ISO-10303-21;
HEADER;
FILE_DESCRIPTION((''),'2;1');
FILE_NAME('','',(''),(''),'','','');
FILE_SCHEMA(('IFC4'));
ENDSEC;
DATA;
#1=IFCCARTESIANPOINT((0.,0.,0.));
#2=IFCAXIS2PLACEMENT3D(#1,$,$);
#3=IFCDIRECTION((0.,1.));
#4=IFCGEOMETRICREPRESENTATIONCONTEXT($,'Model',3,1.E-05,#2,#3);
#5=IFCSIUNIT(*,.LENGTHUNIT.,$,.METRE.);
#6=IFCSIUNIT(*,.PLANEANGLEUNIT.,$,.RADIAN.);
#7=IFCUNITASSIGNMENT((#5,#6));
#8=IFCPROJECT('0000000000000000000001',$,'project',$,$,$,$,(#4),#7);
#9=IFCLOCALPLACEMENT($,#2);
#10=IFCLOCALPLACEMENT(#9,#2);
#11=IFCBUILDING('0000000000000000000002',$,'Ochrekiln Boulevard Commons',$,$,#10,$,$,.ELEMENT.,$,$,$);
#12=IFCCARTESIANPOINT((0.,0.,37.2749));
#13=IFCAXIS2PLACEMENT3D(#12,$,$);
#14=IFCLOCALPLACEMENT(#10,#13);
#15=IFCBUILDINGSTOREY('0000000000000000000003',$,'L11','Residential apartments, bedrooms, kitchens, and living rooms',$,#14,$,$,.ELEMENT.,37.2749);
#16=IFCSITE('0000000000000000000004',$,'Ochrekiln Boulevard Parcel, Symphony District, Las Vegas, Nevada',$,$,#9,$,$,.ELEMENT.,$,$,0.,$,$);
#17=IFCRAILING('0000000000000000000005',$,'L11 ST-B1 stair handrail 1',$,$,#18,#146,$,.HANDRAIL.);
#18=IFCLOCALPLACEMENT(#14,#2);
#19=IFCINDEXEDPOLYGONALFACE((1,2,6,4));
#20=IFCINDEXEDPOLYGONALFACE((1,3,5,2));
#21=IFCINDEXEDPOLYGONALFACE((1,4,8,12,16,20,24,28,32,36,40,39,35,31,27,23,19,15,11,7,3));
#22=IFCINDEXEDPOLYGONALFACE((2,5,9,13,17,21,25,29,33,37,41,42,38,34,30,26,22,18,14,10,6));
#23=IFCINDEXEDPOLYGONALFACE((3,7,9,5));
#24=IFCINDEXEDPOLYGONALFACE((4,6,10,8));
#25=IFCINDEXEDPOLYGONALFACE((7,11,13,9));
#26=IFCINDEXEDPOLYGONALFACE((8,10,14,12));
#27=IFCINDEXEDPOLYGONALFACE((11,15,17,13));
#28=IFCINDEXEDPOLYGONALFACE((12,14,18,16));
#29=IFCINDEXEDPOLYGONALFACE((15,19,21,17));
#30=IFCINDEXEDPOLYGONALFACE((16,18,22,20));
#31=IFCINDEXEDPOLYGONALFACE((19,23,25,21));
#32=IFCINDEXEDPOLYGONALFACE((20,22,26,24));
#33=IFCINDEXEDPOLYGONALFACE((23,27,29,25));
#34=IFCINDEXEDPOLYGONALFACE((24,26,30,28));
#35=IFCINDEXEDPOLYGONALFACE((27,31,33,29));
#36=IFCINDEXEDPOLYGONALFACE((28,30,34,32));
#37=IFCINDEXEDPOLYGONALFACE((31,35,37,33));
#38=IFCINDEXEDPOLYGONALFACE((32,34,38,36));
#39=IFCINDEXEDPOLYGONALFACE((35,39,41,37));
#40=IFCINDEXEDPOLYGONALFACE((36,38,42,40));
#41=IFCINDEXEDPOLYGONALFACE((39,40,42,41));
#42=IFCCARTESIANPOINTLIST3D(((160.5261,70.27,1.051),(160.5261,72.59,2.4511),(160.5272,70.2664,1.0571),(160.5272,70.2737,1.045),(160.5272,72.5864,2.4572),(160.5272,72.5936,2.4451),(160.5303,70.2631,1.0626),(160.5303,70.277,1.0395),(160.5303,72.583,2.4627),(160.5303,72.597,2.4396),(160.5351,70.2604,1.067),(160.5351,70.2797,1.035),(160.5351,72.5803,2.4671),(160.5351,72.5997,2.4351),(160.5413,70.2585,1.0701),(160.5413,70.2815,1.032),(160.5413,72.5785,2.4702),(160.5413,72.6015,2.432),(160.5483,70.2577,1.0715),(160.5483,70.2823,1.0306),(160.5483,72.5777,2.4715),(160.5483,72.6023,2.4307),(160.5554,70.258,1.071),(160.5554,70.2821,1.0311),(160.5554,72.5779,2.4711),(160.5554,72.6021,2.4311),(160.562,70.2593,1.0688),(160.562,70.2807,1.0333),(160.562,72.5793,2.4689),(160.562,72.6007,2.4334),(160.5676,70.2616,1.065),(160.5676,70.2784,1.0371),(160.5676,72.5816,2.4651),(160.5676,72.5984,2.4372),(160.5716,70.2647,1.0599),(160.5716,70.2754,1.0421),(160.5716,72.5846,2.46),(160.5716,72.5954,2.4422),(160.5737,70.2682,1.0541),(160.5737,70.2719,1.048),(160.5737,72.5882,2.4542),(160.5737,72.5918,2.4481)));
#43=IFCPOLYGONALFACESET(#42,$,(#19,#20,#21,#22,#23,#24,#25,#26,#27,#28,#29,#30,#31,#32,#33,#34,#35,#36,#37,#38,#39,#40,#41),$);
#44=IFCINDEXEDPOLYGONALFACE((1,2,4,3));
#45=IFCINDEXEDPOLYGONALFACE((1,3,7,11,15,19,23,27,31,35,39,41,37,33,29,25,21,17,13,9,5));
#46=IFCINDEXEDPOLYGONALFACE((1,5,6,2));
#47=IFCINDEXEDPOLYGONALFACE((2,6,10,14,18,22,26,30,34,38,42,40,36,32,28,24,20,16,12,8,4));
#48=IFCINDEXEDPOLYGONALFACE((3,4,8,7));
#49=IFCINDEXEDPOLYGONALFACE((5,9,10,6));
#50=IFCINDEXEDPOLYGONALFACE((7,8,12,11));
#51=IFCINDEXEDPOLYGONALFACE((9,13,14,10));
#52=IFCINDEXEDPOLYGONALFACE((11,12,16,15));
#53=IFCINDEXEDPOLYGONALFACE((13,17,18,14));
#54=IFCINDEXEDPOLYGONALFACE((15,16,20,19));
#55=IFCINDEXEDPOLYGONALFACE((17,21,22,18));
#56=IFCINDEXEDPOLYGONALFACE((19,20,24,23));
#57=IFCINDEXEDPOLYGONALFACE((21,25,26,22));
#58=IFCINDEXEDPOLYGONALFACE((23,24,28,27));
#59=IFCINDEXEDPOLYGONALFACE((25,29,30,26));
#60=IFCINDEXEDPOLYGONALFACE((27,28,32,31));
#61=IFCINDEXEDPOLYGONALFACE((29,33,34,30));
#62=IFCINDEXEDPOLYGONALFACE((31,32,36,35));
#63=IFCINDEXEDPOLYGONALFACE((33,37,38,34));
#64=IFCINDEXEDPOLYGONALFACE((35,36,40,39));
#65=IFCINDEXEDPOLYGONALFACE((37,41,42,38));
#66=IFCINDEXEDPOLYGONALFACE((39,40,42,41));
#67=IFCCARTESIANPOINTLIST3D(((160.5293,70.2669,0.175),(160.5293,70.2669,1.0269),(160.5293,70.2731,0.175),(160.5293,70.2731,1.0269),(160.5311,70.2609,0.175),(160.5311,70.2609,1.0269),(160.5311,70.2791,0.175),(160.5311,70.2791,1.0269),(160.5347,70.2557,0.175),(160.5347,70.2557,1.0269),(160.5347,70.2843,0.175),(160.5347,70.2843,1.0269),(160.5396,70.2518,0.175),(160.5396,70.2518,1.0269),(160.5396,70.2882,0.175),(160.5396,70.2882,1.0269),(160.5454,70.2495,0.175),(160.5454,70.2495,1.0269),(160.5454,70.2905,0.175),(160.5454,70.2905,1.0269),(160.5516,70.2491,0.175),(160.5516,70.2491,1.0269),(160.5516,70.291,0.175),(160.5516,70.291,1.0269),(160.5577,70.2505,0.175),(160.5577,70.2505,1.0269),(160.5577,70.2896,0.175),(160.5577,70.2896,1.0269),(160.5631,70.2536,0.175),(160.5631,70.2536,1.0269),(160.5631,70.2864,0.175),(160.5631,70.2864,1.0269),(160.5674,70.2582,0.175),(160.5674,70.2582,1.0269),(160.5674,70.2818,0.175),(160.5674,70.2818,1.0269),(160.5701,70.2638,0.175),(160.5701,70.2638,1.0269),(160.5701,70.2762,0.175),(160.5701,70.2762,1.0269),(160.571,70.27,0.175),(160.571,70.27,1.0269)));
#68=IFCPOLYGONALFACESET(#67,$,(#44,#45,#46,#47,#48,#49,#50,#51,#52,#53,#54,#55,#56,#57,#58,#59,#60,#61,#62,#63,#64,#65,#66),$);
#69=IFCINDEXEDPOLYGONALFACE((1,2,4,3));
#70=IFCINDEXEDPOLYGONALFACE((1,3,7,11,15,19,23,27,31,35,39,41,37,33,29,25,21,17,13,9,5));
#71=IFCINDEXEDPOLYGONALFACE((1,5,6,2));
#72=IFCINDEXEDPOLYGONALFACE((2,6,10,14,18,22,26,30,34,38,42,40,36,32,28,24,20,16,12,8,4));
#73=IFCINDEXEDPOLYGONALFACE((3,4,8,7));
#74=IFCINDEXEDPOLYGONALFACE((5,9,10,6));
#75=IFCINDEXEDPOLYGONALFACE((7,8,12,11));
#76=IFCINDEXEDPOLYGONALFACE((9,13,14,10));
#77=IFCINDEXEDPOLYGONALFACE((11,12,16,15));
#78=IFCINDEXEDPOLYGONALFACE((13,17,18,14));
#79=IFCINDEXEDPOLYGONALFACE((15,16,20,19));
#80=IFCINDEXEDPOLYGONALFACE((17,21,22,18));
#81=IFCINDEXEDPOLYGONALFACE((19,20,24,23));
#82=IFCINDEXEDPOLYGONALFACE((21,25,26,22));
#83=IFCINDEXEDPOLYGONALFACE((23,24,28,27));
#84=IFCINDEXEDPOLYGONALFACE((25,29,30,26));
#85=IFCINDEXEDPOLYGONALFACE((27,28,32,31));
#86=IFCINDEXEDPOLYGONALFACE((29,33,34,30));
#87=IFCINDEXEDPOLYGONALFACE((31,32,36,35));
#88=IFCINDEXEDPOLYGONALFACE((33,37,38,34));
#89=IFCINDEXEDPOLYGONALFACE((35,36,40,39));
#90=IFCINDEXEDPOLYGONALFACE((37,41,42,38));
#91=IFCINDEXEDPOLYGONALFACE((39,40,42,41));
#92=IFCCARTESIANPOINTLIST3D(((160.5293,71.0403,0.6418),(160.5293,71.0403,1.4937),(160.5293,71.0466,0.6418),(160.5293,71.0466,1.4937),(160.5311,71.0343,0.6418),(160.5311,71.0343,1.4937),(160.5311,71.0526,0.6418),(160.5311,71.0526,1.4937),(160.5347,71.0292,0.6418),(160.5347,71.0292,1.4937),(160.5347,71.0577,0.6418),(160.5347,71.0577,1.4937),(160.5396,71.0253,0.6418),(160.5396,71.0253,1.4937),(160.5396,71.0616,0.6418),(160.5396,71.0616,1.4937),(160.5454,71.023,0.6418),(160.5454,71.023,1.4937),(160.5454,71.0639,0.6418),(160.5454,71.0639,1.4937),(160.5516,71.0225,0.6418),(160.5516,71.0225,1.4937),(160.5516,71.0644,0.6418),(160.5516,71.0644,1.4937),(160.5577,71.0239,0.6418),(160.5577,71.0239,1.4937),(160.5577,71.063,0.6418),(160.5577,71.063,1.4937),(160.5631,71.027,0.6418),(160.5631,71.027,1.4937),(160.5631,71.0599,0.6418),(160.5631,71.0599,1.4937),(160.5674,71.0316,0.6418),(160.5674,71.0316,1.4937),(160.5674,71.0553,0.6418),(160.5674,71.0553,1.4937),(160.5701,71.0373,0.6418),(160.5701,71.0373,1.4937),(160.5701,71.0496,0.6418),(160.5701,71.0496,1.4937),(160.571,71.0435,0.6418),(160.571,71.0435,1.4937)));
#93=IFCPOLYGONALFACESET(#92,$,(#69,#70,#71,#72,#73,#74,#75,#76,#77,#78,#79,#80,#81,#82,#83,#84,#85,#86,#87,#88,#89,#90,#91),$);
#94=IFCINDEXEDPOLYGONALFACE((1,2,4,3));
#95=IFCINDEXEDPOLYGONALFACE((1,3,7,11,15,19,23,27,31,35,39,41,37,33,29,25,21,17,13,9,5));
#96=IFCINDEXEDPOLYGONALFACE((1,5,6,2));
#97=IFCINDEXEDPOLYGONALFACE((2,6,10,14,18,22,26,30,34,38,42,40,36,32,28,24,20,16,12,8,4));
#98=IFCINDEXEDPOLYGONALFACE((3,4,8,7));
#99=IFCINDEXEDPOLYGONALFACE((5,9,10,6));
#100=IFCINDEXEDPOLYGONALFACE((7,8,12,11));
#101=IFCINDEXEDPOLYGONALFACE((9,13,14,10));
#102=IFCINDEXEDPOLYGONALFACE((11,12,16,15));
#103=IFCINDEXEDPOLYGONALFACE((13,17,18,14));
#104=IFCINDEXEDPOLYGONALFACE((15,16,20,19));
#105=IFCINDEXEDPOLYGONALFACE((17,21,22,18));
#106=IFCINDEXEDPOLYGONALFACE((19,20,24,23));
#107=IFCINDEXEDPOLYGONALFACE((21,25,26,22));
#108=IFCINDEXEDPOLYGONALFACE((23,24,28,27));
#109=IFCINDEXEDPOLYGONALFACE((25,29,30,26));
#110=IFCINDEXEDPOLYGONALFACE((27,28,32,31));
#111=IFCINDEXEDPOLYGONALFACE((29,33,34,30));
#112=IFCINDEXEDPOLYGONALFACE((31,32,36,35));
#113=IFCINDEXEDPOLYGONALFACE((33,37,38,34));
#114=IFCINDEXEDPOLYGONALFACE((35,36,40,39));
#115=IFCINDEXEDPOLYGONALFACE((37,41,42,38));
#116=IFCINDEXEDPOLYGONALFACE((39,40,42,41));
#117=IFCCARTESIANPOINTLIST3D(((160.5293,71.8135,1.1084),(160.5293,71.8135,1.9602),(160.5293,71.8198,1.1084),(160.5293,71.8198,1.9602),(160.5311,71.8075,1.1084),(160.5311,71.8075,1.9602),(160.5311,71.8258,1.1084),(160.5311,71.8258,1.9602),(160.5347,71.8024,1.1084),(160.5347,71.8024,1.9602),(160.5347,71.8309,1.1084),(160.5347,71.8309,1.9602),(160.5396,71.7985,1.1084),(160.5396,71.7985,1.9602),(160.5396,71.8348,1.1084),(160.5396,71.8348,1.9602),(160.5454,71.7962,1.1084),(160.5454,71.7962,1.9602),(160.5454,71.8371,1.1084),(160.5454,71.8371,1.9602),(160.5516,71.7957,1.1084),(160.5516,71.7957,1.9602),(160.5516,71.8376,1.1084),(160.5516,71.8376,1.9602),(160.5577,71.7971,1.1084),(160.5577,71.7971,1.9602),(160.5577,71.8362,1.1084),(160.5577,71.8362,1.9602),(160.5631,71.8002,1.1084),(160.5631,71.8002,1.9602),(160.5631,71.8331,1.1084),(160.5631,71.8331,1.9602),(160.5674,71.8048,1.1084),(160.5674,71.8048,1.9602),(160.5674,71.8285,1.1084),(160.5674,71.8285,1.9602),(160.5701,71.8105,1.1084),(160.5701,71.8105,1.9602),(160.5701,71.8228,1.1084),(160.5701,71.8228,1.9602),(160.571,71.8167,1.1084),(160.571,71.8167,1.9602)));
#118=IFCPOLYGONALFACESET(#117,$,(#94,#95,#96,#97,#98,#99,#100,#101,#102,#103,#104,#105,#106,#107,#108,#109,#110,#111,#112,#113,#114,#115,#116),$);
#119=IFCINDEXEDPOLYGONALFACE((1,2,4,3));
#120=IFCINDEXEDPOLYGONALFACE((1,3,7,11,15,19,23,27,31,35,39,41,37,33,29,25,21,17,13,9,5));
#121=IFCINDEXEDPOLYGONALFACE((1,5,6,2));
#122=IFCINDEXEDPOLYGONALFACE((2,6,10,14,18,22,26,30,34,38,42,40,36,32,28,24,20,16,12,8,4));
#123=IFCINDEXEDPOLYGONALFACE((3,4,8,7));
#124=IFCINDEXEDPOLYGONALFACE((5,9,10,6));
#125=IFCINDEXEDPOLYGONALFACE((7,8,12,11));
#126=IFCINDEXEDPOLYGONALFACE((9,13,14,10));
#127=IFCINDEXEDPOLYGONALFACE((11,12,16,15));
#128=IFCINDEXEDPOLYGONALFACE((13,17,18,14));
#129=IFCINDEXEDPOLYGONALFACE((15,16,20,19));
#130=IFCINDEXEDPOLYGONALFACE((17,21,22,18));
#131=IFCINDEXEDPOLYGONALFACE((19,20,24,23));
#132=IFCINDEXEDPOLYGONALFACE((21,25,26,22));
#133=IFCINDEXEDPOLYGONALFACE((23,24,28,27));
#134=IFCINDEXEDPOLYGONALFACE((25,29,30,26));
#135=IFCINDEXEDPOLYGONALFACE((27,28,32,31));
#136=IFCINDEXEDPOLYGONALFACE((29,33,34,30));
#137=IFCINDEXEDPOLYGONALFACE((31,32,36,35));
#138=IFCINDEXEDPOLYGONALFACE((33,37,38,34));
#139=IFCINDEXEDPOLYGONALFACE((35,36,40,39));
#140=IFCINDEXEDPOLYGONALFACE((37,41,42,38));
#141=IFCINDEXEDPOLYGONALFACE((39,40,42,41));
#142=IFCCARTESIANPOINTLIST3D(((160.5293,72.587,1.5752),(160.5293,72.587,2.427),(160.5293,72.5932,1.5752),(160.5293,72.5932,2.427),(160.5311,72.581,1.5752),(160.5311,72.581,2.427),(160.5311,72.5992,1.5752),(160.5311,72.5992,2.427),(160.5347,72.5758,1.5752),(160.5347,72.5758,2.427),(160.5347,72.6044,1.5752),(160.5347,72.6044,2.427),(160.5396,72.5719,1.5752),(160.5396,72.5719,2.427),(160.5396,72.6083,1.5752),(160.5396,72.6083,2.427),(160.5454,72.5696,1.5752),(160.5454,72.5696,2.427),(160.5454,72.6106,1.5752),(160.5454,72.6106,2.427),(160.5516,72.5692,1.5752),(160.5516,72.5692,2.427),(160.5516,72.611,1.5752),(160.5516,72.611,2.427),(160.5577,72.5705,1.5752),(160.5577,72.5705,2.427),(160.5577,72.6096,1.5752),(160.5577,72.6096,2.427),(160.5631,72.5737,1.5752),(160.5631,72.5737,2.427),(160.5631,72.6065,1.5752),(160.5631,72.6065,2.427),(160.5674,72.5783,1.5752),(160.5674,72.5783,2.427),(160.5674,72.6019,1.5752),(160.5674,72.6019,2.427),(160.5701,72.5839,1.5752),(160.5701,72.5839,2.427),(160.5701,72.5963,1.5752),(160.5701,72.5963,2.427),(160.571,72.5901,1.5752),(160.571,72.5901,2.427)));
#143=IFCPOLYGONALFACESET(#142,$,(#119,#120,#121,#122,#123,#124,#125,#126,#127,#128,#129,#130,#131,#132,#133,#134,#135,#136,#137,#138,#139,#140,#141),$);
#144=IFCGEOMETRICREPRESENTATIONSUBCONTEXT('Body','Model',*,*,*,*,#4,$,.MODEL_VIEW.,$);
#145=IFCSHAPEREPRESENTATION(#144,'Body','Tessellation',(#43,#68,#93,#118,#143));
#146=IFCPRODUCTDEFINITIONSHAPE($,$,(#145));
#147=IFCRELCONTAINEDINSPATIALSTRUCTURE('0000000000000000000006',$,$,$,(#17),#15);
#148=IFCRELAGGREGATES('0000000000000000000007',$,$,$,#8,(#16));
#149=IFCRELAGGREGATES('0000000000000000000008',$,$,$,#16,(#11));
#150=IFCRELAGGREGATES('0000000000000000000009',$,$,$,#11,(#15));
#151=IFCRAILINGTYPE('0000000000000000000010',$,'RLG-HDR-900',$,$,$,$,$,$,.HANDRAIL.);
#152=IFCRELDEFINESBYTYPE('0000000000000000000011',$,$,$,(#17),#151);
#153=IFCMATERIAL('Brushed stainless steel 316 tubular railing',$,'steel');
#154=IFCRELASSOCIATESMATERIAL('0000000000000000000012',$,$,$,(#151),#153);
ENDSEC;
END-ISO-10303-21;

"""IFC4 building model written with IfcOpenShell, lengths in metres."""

from ifc_helpers import new_model, si_unit, direction, frame, origin, origin_2d, place, context, subcontext, project, spatial, circle, extrude, material, type_object, element, save


model = new_model("IFC4")

# Units and contexts
model_context = context("Model", 3, precision=1e-05, world=origin(), true_north=direction((0.0, 1.0)))
body_context = subcontext(model_context, "Body", "Model", "MODEL_VIEW")
ifc_project = project(units=[si_unit("LENGTHUNIT", "METRE"), si_unit("PLANEANGLEUNIT", "RADIAN")], contexts=[model_context])

# Site, building, storey
site_placement = place(None, origin())
site = spatial("IfcSite", under=ifc_project, at=site_placement, Name="Ochrekiln Boulevard Parcel, Symphony District, Las Vegas, Nevada", CompositionType="ELEMENT", RefElevation=0.0)
building_placement = place(site_placement, origin())
building = spatial("IfcBuilding", under=site, at=building_placement, Name="Ochrekiln Boulevard Commons", CompositionType="ELEMENT")
storey_placement = place(building_placement, frame((0.0, 0.0, 37.2749)))
storey = spatial("IfcBuildingStorey", under=building, at=storey_placement, Name="L11", Description="Residential apartments, bedrooms, kitchens, and living rooms", CompositionType="ELEMENT", Elevation=37.2749)

# Railing
ifc_material_1 = material(Name="Brushed stainless steel 316 tubular railing", Category="steel")
railing_type_1 = type_object("IfcRailingType", Name="RLG-HDR-900", PredefinedType="HANDRAIL", material=ifc_material_1)
railing_1_placement = place(storey_placement, frame((160.55, 70.27, 0.175)))
element("IfcRailing", 1, at=railing_1_placement, inside=storey, type_object=railing_type_1, Name="L11 ST-B1 stair handrail 1", PredefinedType="HANDRAIL", context=body_context, shape_type="SweptSolid", body=[
    extrude(circle(Radius=0.0239, at=origin_2d()), frame((0.0, 0.0, 0.876), z_axis=(0.0, 0.85617, 0.516693), x_axis=(-1.0, 0.0, 0.0)), (0.0, 0.0, 1.0), 2.7097),
    extrude(circle(Radius=0.021, at=origin_2d()), origin(), (0.0, 0.0, 1.0), 0.8518),
    extrude(circle(Radius=0.021, at=origin_2d()), frame((0.0, 0.7734, 0.4668)), (0.0, 0.0, 1.0), 0.8518),
    extrude(circle(Radius=0.021, at=origin_2d()), frame((0.0, 1.5466, 0.9333)), (0.0, 0.0, 1.0), 0.8518),
    extrude(circle(Radius=0.021, at=origin_2d()), frame((0.0, 2.3201, 1.4001)), (0.0, 0.0, 1.0), 0.8518),
])

save(model, "model.ifc")
